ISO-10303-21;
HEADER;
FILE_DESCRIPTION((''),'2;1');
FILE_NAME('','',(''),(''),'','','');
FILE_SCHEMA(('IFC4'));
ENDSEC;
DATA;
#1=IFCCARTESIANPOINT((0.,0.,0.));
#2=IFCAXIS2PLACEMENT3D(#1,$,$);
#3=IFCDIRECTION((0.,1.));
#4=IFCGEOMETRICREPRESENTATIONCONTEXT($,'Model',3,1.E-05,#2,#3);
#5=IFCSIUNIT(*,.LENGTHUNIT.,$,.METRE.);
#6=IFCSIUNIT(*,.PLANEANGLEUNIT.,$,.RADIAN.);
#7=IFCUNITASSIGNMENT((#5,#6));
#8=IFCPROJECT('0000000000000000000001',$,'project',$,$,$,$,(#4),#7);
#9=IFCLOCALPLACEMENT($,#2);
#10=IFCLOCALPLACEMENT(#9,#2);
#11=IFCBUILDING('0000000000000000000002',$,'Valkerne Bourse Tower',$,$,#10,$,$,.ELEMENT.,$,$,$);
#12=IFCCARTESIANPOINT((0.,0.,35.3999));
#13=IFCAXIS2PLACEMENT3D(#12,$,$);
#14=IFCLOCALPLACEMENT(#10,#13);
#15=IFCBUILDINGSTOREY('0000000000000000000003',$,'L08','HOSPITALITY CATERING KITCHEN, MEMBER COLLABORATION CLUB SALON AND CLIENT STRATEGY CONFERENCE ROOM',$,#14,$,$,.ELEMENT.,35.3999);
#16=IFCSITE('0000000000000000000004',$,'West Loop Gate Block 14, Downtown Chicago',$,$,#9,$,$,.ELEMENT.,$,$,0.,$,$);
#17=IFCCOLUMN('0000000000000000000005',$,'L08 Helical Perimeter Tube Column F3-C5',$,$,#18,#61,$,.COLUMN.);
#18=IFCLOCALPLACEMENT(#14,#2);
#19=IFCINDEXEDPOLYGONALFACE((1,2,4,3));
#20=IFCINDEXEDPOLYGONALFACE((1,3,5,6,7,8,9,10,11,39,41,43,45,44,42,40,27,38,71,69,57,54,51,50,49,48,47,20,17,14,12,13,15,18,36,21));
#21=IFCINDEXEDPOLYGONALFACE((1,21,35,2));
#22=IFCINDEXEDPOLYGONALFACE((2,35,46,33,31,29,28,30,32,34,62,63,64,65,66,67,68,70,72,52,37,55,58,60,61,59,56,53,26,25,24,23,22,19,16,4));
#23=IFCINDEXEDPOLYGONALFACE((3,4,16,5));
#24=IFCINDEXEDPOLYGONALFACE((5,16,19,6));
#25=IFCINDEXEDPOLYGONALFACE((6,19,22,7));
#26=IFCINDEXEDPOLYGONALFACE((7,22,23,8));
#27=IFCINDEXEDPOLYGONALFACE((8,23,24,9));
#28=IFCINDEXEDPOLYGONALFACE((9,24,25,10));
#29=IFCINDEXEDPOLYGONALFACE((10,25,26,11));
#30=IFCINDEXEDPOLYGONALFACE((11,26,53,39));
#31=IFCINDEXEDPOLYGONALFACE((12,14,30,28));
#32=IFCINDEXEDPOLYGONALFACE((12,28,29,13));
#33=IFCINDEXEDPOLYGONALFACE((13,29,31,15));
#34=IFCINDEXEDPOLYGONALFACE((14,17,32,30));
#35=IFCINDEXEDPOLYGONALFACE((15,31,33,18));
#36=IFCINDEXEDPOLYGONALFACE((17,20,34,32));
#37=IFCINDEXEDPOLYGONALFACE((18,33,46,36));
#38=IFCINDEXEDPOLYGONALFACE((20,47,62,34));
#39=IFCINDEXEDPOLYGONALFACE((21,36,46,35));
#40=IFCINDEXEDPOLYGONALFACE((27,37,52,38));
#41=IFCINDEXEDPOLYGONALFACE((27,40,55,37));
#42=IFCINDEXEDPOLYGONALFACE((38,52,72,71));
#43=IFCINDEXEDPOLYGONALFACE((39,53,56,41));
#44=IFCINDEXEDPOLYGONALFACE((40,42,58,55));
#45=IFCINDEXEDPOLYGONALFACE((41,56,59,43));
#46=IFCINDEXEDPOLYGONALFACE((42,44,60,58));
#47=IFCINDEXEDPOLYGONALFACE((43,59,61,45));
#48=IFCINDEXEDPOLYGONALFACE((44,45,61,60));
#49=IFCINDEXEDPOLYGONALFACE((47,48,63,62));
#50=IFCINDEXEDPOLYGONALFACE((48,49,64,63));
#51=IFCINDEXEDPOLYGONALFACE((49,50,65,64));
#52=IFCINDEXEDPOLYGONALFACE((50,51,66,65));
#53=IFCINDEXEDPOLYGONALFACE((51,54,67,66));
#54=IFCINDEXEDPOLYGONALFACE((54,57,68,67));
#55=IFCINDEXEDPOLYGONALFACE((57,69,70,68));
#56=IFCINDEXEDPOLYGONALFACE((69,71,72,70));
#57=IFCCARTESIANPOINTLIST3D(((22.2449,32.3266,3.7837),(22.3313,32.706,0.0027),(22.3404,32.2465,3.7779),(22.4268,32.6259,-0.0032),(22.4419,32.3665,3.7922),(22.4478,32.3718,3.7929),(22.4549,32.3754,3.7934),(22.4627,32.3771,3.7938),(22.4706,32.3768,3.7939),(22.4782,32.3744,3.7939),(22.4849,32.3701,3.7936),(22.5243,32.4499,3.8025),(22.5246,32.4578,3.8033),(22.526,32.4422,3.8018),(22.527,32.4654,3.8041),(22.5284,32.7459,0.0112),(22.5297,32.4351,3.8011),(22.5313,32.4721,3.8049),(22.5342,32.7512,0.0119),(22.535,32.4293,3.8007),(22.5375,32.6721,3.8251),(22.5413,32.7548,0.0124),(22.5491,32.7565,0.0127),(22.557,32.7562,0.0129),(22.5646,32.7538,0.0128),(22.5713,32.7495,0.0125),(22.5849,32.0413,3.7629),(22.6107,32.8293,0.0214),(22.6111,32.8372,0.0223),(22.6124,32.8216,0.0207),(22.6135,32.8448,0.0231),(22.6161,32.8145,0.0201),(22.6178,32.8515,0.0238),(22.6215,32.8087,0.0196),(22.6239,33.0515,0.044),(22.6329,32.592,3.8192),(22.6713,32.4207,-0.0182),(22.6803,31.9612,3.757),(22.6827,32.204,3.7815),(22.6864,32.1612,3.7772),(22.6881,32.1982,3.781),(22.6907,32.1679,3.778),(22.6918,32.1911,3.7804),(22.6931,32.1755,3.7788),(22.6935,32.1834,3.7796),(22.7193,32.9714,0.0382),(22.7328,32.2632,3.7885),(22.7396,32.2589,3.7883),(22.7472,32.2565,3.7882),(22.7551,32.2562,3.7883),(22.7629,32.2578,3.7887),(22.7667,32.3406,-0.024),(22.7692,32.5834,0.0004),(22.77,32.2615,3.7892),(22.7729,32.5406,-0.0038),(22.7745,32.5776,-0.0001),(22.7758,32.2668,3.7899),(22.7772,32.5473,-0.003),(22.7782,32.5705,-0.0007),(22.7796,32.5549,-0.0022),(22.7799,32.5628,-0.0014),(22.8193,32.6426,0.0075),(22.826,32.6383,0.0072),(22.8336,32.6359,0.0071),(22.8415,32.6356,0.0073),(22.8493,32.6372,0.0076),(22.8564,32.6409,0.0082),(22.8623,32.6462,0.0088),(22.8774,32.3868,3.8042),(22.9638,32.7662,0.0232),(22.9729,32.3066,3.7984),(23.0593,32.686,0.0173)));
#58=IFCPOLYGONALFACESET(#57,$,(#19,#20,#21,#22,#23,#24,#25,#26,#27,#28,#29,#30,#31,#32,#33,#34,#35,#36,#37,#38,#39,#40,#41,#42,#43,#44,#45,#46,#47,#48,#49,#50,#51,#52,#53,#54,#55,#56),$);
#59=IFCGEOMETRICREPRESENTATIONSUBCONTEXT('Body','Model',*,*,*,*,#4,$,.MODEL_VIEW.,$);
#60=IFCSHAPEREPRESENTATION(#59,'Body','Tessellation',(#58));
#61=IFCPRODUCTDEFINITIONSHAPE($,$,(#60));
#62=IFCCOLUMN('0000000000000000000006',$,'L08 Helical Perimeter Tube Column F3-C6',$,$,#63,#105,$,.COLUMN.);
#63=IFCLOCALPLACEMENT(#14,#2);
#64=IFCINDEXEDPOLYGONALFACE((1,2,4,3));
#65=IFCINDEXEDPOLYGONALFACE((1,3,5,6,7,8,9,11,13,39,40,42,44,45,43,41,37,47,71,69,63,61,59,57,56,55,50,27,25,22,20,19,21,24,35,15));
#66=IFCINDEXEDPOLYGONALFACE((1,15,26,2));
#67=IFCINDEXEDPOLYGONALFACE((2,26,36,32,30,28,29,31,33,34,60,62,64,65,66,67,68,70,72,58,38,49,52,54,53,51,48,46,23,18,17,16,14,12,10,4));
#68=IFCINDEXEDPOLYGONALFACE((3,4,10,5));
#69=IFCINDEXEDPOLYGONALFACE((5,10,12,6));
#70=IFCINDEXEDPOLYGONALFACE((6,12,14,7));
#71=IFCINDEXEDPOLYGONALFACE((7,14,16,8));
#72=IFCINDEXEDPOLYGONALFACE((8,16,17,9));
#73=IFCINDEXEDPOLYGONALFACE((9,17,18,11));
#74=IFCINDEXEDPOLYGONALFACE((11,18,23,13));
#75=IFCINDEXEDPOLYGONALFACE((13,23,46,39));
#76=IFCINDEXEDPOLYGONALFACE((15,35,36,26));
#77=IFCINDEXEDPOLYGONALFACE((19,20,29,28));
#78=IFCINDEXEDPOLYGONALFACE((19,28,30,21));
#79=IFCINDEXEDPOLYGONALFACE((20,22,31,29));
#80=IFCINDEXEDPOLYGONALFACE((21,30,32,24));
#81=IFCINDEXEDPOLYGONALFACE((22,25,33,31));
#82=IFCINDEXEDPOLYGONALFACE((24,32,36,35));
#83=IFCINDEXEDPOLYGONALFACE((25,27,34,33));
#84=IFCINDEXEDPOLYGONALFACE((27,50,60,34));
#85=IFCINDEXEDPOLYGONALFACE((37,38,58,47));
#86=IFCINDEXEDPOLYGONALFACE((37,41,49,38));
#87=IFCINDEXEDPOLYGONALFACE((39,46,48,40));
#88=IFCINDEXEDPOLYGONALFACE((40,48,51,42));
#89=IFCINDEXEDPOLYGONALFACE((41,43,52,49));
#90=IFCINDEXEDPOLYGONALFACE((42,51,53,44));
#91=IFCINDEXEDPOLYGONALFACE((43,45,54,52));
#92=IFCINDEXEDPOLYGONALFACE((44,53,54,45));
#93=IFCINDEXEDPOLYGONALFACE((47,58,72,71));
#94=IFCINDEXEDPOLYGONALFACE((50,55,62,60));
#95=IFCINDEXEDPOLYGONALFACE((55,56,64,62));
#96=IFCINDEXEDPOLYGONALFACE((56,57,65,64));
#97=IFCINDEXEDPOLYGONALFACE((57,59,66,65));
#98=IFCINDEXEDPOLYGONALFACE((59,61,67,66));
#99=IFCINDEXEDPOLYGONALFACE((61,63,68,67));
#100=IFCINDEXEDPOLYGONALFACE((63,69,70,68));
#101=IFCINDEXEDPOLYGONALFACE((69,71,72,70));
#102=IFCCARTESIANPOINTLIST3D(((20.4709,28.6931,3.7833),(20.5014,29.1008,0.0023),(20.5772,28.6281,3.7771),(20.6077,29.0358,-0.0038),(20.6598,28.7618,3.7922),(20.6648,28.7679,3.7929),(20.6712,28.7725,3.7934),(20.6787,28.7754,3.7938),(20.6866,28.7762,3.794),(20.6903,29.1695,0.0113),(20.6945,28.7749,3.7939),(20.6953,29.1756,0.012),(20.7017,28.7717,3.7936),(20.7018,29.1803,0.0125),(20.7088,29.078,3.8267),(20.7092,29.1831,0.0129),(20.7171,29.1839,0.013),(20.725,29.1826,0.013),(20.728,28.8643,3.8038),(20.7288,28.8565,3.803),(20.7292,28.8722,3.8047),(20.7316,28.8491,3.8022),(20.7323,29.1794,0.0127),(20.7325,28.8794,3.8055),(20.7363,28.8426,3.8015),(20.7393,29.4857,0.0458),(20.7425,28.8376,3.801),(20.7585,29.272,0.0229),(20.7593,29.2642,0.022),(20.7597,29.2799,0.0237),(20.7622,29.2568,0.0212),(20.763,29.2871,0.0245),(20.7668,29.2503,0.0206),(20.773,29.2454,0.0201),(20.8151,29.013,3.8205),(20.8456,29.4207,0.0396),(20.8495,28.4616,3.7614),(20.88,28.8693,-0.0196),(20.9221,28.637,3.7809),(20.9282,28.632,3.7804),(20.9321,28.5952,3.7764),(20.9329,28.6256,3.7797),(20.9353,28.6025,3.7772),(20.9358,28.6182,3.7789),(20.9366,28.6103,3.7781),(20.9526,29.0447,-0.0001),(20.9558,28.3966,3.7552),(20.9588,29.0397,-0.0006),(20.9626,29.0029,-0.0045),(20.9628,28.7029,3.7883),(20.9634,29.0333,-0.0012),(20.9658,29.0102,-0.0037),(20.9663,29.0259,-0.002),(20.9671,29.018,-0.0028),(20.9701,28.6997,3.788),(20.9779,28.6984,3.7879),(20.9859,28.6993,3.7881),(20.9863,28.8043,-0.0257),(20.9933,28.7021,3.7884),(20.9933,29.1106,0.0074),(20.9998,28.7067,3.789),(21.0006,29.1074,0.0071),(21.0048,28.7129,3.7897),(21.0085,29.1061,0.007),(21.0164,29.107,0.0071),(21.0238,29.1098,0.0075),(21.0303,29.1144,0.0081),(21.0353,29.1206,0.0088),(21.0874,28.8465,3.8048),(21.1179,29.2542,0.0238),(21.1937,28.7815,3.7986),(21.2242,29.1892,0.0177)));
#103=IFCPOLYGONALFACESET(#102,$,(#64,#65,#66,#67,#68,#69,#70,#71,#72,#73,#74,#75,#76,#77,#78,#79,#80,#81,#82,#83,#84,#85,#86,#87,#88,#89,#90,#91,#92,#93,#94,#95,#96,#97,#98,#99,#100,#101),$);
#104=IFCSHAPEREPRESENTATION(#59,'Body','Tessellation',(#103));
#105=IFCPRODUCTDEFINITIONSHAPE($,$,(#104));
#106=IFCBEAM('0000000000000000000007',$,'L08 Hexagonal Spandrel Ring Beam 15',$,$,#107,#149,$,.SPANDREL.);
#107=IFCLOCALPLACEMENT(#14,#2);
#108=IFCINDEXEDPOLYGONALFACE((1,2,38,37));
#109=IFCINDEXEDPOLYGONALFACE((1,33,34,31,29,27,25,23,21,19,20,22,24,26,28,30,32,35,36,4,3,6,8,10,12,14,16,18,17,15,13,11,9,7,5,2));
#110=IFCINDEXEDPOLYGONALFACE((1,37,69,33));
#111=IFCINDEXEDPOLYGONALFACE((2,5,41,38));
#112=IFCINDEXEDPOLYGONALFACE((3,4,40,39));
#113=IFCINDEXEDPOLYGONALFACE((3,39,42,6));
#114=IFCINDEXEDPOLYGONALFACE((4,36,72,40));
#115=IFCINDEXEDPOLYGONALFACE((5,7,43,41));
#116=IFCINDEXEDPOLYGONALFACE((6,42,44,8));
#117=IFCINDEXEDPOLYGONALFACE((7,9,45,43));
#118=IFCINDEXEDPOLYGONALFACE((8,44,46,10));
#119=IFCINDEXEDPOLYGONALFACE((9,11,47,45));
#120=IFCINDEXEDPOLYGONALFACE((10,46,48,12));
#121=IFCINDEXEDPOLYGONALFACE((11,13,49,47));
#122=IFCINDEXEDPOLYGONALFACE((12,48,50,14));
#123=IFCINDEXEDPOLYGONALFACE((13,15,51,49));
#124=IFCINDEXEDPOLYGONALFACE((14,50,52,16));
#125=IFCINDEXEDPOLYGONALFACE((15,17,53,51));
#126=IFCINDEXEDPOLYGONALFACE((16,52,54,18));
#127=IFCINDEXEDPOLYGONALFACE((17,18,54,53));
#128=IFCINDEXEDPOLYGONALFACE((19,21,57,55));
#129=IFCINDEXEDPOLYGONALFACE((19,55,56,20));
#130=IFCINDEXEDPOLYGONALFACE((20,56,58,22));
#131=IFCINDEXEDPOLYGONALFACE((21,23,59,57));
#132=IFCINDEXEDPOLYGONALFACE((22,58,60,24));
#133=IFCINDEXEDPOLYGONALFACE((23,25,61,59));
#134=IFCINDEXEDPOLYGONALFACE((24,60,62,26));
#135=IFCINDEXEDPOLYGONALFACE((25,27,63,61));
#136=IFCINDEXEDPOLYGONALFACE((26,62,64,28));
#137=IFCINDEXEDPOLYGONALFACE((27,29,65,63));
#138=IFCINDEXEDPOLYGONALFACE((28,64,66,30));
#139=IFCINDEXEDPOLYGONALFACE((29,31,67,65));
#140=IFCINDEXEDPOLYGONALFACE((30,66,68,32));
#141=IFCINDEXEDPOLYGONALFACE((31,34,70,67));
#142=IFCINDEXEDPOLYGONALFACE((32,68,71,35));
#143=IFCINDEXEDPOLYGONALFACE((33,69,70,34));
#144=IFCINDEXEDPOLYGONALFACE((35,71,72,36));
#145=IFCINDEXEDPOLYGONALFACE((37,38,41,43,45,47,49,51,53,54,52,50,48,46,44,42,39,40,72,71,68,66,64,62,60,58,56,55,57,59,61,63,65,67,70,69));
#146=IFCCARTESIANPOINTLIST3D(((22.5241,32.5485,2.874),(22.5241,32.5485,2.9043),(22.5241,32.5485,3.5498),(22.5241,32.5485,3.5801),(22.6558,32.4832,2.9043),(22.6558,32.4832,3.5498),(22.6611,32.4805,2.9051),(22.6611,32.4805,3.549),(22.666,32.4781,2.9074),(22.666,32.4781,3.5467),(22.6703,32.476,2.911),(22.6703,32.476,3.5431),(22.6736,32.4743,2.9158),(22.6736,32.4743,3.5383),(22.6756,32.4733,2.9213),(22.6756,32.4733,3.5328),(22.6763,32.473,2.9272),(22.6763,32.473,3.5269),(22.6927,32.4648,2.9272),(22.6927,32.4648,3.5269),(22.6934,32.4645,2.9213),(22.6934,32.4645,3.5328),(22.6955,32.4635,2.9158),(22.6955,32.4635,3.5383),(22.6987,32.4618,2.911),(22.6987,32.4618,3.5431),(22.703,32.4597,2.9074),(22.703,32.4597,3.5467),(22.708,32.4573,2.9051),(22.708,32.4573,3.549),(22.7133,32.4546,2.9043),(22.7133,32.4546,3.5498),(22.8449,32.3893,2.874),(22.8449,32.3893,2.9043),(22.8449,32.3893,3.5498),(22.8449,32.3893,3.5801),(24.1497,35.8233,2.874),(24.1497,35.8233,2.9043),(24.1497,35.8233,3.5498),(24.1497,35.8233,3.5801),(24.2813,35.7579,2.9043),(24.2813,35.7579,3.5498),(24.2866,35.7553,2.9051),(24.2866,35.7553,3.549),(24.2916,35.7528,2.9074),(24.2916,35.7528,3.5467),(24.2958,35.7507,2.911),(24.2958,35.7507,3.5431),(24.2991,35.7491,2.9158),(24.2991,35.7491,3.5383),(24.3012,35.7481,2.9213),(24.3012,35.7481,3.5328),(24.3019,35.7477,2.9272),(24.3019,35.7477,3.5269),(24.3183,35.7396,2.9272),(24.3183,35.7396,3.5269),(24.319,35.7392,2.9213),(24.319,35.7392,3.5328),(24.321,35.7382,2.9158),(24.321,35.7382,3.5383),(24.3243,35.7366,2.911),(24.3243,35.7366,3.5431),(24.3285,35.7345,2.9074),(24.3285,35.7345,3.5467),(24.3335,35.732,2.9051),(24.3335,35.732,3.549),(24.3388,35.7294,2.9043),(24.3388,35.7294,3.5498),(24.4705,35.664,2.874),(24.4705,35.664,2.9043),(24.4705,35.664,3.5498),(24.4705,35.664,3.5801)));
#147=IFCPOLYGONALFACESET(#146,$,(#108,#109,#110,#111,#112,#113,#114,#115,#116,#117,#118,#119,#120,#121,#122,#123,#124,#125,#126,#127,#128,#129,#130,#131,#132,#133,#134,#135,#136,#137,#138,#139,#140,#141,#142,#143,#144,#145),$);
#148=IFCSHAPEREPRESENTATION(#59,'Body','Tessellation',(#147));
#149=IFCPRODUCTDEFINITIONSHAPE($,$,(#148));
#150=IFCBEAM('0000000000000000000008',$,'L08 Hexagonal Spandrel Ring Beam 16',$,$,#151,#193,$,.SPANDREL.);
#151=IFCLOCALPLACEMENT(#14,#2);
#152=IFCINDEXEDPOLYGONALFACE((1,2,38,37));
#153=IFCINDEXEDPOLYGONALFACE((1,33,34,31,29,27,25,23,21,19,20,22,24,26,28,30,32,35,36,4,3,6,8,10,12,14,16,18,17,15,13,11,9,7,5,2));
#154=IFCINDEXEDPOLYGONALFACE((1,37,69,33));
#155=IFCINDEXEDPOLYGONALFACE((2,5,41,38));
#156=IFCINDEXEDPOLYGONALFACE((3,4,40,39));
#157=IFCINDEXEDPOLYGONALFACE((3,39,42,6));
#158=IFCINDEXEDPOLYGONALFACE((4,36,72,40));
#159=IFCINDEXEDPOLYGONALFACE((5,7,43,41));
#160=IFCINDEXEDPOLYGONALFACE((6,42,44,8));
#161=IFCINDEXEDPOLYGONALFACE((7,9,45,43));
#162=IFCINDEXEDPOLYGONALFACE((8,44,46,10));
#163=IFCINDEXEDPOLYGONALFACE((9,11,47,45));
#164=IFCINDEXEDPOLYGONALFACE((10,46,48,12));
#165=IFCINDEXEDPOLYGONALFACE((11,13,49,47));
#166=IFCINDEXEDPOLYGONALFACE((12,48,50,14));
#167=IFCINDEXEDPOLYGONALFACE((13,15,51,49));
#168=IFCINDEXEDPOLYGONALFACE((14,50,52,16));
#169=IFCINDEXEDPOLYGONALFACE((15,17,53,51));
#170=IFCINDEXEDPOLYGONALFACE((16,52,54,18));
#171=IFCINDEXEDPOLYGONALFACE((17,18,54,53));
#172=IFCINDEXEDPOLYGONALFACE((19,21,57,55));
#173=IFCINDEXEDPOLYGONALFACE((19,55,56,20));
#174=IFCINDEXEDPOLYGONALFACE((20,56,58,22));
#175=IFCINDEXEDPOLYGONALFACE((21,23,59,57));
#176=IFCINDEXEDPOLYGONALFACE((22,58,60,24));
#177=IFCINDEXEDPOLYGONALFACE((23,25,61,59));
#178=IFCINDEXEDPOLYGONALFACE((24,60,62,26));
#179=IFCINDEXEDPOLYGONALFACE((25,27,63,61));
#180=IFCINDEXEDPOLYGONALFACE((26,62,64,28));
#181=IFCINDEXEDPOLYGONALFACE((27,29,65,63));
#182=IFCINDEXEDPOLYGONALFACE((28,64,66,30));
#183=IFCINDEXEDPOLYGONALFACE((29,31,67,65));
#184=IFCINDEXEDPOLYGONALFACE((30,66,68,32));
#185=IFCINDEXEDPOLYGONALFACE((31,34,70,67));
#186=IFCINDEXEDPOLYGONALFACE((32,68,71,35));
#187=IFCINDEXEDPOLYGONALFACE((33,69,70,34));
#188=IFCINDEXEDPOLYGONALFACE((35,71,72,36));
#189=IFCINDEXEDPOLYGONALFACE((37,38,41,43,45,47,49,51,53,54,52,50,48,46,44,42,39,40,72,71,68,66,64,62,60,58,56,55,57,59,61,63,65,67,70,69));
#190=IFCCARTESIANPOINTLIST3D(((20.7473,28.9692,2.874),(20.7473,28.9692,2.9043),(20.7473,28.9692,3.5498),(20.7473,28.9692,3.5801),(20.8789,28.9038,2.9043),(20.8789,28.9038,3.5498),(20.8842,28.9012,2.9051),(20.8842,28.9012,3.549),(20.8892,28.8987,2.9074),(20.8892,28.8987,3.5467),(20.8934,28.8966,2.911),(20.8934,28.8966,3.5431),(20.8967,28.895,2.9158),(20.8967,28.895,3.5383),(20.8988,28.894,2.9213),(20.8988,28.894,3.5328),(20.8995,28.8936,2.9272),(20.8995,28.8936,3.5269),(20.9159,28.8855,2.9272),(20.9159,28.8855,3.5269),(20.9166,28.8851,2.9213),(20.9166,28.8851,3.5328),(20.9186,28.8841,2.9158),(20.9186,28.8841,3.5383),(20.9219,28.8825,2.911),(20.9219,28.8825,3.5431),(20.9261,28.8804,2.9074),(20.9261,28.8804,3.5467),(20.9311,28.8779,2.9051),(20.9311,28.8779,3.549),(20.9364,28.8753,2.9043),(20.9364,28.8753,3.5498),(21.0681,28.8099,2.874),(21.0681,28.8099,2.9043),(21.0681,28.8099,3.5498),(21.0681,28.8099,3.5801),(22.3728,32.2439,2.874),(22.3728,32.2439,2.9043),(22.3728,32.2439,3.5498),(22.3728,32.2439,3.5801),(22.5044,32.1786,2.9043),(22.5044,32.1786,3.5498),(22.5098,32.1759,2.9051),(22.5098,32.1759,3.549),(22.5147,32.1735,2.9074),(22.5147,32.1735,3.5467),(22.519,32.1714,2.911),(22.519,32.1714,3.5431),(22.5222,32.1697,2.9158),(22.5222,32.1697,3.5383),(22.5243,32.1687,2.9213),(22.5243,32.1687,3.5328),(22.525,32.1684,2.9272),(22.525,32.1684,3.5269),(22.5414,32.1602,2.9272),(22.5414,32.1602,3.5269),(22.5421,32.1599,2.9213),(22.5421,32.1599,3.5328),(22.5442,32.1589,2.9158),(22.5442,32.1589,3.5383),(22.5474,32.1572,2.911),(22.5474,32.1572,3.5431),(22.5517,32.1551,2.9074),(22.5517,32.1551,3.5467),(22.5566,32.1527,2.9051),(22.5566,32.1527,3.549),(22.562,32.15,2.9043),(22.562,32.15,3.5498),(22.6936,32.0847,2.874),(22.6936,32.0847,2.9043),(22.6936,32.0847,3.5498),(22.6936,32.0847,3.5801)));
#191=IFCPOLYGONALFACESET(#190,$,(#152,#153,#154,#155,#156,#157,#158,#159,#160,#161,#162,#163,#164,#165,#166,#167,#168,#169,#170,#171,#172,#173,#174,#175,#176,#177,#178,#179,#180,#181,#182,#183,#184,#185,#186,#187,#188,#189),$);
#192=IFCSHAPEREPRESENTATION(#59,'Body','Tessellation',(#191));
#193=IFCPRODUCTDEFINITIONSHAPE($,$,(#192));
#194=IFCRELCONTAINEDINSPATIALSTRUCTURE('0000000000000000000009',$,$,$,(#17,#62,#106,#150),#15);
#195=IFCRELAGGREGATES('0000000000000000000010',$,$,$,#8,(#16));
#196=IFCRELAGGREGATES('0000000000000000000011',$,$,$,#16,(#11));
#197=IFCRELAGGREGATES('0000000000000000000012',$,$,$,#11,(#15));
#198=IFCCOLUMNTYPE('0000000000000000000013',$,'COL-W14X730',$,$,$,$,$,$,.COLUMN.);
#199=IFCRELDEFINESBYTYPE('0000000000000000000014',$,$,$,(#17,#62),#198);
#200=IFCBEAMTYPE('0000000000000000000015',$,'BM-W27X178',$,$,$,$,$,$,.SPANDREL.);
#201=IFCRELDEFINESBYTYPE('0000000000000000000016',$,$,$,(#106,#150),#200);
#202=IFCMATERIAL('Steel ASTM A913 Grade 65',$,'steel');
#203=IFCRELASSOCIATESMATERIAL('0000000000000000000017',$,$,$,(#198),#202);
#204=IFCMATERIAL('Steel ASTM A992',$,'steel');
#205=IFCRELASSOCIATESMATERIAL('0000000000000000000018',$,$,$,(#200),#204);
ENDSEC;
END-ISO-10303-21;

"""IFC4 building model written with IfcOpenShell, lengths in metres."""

from ifc_helpers import new_model, si_unit, direction, frame, origin, origin_2d, place, context, subcontext, project, spatial, i_section, extrude, material, material_profile, profile_set, type_object, element, save


model = new_model("IFC4")

# Units and contexts
model_context = context("Model", 3, precision=1e-05, world=origin(), true_north=direction((0.0, 1.0)))
body_context = subcontext(model_context, "Body", "Model", "MODEL_VIEW")
ifc_project = project(units=[si_unit("LENGTHUNIT", "METRE"), si_unit("PLANEANGLEUNIT", "RADIAN")], contexts=[model_context])

# Site, building, storey
site_placement = place(None, origin())
site = spatial("IfcSite", under=ifc_project, at=site_placement, Name="West Loop Gate Block 14, Downtown Chicago", CompositionType="ELEMENT", RefElevation=0.0)
building_placement = place(site_placement, origin())
building = spatial("IfcBuilding", under=site, at=building_placement, Name="Valkerne Bourse Tower", CompositionType="ELEMENT")
storey_placement = place(building_placement, frame((0.0, 0.0, 35.3999)))
storey = spatial("IfcBuildingStorey", under=building, at=storey_placement, Name="L08", Description="HOSPITALITY CATERING KITCHEN, MEMBER COLLABORATION CLUB SALON AND CLIENT STRATEGY CONFERENCE ROOM", CompositionType="ELEMENT", Elevation=35.3999)

# Columns
ifc_material_1 = material(Name="Steel ASTM A913 Grade 65", Category="steel")
ifc_material_profile_1 = material_profile(ifc_material_1, i_section(OverallWidth=0.4546, OverallDepth=0.5691, WebThickness=0.0779, FlangeThickness=0.1248, FilletRadius=0.0305, at=origin_2d()), Name="W14X730")
ifc_profile_set_1 = profile_set([ifc_material_profile_1], Name="Steel ASTM A913 Grade 65")
column_type = type_object("IfcColumnType", Name="COL-W14X730", PredefinedType="COLUMN", material=ifc_profile_set_1)
column_1_placement = place(storey_placement, frame((22.6953, 32.696, 0.01), z_axis=(-0.022738, -0.099815, 0.994746), x_axis=(-0.643526, -0.759999, -0.09097)))
element("IfcColumn", 1, at=column_1_placement, inside=storey, type_object=column_type, Name="L08 Helical Perimeter Tube Column F3-C5", PredefinedType="COLUMN", context=body_context, shape_type="SweptSolid", body=[
    extrude(i_section(OverallWidth=0.4546, OverallDepth=0.5691, WebThickness=0.0779, FlangeThickness=0.1248, FilletRadius=0.0305, at=origin_2d()), origin(), (0.0, 0.0, 1.0), 3.801),
])
column_2_placement = place(storey_placement, frame((20.8628, 29.145, 0.01), z_axis=(-0.008025, -0.107207, 0.994204), x_axis=(-0.523313, -0.846768, -0.095533)))
element("IfcColumn", 2, at=column_2_placement, inside=storey, type_object=column_type, Name="L08 Helical Perimeter Tube Column F3-C6", PredefinedType="COLUMN", context=body_context, shape_type="SweptSolid", body=[
    extrude(i_section(OverallWidth=0.4546, OverallDepth=0.5691, WebThickness=0.0779, FlangeThickness=0.1248, FilletRadius=0.0305, at=origin_2d()), origin(), (0.0, 0.0, 1.0), 3.803),
])

# Beams
ifc_material_2 = material(Name="Steel ASTM A992", Category="steel")
ifc_material_profile_2 = material_profile(ifc_material_2, i_section(OverallWidth=0.3582, OverallDepth=0.7061, WebThickness=0.0183, FlangeThickness=0.0303, FilletRadius=0.0229, at=origin_2d()), Name="W27X178")
ifc_profile_set_2 = profile_set([ifc_material_profile_2], Name="Steel ASTM A992")
beam_type_1 = type_object("IfcBeamType", Name="BM-W27X178", PredefinedType="SPANDREL", material=ifc_profile_set_2)
for number, where, z_axis, x_axis, name in (
    (3, (24.3101, 35.7437, 3.2271), (-0.444621, -0.895719, 0.0), (0.895719, -0.444621, 0.0), "L08 Hexagonal Spandrel Ring Beam 15"),
    (4, (22.5332, 32.1643, 3.2271), (-0.444621, -0.895719, 0.0), (0.895719, -0.444621, 0.0), "L08 Hexagonal Spandrel Ring Beam 16"),
):
    element("IfcBeam", number, at=place(storey_placement, frame(where, z_axis=z_axis, x_axis=x_axis)), inside=storey, type_object=beam_type_1, Name=name, PredefinedType="SPANDREL", context=body_context, shape_type="SweptSolid", body=[
        extrude(i_section(OverallWidth=0.3582, OverallDepth=0.7061, WebThickness=0.0183, FlangeThickness=0.0303, FilletRadius=0.0229, at=origin_2d()), origin(), (0.0, 0.0, 1.0), 3.656),
    ])

save(model, "model.ifc")
